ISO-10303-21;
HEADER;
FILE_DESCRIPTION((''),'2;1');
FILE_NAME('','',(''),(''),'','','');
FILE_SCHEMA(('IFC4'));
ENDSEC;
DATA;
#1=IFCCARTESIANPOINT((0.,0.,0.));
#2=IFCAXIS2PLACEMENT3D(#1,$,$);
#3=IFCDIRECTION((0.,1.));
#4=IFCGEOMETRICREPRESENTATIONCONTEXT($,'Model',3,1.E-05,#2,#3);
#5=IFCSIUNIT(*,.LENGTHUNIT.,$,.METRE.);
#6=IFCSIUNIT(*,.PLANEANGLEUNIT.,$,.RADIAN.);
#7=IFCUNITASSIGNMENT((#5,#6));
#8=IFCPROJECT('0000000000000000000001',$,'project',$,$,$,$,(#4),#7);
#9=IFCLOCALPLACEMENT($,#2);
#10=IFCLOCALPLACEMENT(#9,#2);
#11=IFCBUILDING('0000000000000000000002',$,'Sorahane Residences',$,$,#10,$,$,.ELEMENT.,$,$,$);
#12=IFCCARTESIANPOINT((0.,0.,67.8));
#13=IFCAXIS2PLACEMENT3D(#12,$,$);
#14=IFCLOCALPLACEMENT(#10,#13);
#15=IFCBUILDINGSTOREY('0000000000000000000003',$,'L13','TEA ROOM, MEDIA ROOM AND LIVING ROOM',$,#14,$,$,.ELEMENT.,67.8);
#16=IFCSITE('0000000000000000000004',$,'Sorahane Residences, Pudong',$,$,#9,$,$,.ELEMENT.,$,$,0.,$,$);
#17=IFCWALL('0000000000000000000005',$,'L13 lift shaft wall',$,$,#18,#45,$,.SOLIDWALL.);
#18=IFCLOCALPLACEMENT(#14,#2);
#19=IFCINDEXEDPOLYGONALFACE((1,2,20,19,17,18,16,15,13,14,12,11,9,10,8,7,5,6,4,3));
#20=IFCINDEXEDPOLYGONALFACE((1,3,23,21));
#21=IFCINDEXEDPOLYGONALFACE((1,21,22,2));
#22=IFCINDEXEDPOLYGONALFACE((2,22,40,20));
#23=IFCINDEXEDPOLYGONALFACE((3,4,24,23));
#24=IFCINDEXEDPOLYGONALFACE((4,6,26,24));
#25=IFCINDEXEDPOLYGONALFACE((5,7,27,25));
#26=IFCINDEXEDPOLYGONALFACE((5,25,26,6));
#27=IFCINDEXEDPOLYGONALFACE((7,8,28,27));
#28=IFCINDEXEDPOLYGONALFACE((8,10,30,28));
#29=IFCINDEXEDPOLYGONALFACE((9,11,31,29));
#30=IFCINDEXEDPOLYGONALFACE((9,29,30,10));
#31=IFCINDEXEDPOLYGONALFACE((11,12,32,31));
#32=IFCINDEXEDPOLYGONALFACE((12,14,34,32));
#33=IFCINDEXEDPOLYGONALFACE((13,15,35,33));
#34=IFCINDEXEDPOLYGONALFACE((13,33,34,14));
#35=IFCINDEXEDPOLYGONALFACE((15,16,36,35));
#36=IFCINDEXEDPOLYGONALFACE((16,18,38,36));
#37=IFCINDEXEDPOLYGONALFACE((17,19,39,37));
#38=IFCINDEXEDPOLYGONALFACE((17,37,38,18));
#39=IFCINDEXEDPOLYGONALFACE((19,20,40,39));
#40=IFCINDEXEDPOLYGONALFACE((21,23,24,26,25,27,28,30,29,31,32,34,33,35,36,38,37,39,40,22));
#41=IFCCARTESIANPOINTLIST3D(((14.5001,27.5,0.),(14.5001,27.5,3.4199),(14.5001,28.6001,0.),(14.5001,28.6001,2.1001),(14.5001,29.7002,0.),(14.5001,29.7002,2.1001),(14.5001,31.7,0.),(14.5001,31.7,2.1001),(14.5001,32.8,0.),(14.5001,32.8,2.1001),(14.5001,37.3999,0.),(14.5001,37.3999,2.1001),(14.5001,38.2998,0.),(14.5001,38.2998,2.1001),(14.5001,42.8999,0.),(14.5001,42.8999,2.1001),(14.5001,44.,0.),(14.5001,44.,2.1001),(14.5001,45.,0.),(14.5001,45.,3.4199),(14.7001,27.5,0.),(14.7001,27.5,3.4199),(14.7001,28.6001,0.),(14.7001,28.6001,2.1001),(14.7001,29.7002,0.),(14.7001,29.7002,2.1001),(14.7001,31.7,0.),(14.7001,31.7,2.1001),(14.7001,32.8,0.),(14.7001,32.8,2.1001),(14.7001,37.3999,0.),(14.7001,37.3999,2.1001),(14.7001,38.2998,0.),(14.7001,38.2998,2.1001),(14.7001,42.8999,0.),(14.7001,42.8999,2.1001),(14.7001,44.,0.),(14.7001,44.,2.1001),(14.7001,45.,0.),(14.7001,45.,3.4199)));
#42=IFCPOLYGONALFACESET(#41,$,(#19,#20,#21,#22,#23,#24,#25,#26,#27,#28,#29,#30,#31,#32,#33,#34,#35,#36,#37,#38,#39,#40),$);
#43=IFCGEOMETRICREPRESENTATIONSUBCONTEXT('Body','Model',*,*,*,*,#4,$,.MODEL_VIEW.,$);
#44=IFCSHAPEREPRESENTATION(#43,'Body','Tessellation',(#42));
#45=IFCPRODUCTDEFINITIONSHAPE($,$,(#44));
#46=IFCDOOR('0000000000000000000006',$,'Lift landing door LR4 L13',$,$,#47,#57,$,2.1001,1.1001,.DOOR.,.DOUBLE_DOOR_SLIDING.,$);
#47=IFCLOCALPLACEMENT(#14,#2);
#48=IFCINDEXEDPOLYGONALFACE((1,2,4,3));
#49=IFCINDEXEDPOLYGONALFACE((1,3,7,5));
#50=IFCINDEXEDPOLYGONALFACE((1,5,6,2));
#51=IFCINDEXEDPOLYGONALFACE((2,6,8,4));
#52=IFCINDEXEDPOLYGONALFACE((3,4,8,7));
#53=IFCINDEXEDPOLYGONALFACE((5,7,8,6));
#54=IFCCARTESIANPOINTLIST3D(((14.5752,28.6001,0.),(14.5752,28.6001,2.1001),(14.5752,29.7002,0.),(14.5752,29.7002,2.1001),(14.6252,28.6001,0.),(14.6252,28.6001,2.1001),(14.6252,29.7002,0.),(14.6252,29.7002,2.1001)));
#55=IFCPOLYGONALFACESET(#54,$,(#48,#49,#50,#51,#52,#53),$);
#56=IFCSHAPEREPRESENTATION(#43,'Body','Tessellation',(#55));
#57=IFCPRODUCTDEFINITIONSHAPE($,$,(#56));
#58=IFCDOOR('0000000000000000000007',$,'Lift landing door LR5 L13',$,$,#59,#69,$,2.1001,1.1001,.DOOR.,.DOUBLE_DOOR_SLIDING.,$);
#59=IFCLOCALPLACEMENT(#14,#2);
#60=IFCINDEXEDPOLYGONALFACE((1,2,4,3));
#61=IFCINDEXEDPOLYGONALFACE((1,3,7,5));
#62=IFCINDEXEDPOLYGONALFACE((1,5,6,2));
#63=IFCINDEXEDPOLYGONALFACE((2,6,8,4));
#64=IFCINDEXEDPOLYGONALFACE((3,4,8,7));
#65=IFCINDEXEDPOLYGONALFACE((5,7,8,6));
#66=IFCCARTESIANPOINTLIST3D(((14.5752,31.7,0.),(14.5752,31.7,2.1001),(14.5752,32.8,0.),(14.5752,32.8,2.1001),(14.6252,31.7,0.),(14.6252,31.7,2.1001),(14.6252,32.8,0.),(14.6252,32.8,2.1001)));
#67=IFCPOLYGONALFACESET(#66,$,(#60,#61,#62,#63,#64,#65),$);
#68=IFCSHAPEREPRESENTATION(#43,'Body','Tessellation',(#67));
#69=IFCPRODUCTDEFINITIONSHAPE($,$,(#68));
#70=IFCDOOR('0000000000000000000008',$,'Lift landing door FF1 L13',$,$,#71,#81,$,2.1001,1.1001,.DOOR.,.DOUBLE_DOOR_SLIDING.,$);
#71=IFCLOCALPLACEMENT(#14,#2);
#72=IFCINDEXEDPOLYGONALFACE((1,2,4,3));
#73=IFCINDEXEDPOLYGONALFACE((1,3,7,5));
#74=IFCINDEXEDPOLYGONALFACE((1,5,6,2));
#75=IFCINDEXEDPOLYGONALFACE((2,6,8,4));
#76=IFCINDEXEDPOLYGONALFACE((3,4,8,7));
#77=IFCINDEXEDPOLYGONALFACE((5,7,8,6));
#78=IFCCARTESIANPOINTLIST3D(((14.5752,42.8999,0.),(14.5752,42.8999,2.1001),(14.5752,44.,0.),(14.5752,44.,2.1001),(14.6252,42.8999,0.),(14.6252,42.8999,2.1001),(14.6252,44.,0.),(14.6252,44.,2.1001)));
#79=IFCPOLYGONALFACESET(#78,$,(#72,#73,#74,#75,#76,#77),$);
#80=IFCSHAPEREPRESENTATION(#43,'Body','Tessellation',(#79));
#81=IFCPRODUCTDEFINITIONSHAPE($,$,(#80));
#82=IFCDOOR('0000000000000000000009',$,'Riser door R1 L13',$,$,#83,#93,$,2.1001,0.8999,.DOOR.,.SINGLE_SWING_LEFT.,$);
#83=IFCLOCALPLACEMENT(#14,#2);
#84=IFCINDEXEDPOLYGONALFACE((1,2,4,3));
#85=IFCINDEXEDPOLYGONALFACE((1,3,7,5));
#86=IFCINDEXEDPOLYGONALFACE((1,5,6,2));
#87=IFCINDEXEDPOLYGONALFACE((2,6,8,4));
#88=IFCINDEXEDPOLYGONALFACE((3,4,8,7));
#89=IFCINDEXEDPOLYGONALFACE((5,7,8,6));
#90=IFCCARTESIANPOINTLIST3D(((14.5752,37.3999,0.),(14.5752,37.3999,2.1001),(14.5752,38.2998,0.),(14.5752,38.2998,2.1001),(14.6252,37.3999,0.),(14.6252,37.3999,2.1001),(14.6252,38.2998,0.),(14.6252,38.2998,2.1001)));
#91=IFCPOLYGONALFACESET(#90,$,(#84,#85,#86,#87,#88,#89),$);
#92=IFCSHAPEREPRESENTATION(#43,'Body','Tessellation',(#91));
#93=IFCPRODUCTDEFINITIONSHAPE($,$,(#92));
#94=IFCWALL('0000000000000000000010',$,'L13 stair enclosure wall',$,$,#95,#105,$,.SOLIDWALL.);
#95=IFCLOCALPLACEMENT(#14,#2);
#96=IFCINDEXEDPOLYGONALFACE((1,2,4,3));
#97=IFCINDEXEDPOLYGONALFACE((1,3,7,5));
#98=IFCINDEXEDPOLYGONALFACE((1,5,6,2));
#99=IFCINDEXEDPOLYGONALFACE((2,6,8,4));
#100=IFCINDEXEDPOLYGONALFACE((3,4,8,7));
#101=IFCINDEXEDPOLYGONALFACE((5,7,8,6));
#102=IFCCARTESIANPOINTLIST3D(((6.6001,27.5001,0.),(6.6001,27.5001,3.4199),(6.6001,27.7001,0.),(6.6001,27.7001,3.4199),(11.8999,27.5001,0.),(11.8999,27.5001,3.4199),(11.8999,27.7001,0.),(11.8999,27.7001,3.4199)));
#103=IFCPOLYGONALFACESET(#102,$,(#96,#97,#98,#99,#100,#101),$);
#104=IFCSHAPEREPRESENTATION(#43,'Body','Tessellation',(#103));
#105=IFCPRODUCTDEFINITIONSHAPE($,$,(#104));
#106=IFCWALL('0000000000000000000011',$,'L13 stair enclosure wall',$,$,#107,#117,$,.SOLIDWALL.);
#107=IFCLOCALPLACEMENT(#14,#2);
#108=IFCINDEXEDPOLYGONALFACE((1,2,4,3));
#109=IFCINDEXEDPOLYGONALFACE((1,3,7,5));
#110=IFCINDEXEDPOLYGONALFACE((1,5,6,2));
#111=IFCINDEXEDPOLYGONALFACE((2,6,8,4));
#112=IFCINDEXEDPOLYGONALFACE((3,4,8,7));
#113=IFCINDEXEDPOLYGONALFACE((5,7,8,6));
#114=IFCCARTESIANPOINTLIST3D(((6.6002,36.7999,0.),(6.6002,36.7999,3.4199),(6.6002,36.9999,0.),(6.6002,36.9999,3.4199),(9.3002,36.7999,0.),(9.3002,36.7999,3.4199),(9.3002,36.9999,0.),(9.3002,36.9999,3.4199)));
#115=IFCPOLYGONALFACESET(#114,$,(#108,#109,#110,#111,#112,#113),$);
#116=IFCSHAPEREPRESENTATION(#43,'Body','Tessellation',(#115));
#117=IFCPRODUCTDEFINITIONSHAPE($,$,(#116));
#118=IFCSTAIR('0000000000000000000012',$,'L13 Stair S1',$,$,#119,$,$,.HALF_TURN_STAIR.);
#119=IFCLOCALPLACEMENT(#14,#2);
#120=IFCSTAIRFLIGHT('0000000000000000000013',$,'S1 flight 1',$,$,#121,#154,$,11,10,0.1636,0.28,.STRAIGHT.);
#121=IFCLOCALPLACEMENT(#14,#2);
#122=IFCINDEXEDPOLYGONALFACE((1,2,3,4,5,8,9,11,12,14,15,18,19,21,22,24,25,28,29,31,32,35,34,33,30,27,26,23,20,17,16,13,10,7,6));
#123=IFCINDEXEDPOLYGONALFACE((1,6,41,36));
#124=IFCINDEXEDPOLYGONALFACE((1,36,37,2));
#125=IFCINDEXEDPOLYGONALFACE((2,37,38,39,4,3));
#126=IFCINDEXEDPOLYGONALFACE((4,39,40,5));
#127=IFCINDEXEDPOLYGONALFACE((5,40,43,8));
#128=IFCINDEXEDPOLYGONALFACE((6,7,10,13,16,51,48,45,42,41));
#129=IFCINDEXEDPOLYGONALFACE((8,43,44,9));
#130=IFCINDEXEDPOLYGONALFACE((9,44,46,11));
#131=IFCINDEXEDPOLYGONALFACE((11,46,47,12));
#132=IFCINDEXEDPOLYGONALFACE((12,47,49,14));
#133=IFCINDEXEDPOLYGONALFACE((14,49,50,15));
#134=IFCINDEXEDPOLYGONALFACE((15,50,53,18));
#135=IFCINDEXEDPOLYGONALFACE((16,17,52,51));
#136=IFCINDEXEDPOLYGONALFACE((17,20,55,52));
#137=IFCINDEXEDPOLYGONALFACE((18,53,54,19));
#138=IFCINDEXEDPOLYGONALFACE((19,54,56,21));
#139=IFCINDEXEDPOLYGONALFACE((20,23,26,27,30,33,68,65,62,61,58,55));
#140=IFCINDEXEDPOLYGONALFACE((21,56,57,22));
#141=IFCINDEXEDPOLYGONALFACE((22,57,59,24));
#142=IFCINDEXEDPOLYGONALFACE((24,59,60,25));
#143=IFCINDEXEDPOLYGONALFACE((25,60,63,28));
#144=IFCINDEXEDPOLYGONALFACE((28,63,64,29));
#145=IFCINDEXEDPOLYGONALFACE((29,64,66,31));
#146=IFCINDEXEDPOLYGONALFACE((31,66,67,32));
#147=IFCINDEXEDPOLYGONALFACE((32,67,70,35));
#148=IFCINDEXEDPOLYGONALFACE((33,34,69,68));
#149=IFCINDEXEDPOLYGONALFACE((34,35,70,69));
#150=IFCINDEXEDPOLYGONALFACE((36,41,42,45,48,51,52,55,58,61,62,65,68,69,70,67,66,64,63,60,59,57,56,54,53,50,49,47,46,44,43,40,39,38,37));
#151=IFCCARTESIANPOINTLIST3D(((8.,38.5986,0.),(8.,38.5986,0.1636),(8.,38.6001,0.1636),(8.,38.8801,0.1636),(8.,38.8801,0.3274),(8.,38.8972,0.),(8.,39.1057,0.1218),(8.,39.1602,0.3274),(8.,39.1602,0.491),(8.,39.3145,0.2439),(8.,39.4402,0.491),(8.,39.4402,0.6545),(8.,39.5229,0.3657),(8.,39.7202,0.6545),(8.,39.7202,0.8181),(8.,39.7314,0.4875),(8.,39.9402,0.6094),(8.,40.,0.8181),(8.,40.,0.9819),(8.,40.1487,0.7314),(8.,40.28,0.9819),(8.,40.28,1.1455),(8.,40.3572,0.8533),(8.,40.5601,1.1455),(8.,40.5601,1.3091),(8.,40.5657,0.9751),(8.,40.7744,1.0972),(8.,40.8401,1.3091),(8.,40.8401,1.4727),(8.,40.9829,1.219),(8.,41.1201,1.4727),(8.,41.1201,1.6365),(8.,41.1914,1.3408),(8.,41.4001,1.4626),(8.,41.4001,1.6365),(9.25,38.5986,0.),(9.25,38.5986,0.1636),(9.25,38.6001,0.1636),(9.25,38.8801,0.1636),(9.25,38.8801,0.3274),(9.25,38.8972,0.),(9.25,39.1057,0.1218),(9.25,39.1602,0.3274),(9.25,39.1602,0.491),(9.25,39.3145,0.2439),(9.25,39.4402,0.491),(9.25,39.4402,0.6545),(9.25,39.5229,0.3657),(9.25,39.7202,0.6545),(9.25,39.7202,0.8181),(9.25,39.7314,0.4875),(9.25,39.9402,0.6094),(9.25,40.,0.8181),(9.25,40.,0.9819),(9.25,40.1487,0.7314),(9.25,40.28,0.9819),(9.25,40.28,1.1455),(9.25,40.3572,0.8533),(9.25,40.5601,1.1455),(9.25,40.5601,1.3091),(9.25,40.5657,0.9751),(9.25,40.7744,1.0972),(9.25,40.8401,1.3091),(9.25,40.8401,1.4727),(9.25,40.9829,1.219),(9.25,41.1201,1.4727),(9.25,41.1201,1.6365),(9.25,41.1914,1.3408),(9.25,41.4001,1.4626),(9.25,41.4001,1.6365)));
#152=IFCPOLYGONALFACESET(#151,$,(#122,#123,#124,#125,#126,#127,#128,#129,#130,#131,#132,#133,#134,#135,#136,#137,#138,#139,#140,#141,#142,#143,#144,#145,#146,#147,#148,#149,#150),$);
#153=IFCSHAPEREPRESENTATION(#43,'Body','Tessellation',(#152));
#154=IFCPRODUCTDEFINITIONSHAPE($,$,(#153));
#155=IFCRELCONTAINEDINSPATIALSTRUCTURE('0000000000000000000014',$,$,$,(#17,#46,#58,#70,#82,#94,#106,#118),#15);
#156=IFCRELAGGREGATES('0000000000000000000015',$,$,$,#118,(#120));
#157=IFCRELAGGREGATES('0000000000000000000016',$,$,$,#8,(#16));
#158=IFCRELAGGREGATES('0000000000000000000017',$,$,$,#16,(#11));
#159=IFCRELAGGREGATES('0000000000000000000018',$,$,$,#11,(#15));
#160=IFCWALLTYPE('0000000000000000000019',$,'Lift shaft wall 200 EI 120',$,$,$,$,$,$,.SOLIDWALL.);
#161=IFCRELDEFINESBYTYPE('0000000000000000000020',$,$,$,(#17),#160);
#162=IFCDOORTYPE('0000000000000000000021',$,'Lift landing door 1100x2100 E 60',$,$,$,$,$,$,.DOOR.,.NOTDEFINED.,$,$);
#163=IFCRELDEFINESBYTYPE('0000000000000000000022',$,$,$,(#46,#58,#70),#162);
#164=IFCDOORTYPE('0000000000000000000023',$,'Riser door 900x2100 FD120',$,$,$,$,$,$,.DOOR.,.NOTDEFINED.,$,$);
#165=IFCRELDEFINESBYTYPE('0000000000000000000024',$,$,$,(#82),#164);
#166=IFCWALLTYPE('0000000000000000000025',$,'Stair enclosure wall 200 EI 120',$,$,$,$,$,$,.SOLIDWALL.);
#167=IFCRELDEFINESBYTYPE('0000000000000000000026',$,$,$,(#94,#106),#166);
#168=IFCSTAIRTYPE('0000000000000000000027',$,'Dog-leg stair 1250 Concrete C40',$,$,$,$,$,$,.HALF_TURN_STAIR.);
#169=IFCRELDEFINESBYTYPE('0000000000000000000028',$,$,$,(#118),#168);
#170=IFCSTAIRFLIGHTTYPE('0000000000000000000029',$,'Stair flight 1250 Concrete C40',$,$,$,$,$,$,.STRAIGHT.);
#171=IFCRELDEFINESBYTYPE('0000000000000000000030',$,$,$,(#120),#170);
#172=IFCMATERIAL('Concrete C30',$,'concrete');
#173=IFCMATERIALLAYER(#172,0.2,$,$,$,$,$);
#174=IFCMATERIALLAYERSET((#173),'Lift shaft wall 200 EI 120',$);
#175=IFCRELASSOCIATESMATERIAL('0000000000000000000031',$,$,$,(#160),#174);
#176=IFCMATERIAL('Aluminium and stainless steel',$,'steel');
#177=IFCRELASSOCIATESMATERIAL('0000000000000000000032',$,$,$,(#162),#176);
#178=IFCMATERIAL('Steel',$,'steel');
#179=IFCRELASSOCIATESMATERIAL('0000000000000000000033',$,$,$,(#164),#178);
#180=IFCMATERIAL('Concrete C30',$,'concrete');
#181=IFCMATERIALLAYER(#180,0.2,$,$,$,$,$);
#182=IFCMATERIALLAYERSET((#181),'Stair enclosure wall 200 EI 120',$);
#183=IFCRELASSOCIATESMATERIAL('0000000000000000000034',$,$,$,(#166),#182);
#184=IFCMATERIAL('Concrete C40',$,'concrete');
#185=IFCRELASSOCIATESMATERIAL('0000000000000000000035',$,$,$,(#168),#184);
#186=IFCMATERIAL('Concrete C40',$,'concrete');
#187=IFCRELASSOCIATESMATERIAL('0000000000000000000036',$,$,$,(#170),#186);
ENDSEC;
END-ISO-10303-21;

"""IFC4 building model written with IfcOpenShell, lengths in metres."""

from ifc_helpers import new_model, si_unit, direction, frame, frame_2d, origin, place, context, subcontext, project, spatial, polyline, rectangle, outline, extrude, material, layer, layer_set, type_object, element, fill, aggregate, save


model = new_model("IFC4")

# Units and contexts
model_context = context("Model", 3, precision=1e-05, world=origin(), true_north=direction((0.0, 1.0)))
body_context = subcontext(model_context, "Body", "Model", "MODEL_VIEW")
ifc_project = project(units=[si_unit("LENGTHUNIT", "METRE"), si_unit("PLANEANGLEUNIT", "RADIAN")], contexts=[model_context])

# Site, building, storey
site_placement = place(None, origin())
site = spatial("IfcSite", under=ifc_project, at=site_placement, Name="Sorahane Residences, Pudong", CompositionType="ELEMENT", RefElevation=0.0)
building_placement = place(site_placement, origin())
building = spatial("IfcBuilding", under=site, at=building_placement, Name="Sorahane Residences", CompositionType="ELEMENT")
storey_placement = place(building_placement, frame((0.0, 0.0, 67.8)))
storey = spatial("IfcBuildingStorey", under=building, at=storey_placement, Name="L13", Description="TEA ROOM, MEDIA ROOM AND LIVING ROOM", CompositionType="ELEMENT", Elevation=67.8)

# Wall, openings, doors
ifc_material_1 = material(Name="Concrete C30", Category="concrete")
ifc_layer_1 = layer(ifc_material_1, 0.2)
ifc_layer_set_1 = layer_set([ifc_layer_1], Name="Lift shaft wall 200 EI 120")
wall_type_1 = type_object("IfcWallType", Name="Lift shaft wall 200 EI 120", PredefinedType="SOLIDWALL", material=ifc_layer_set_1)
wall_1_placement = place(storey_placement, frame((14.6001, 27.5, 0.0), z_axis=(0.0, 0.0, 1.0), x_axis=(0.0, 1.0, 0.0)))
wall_1 = element("IfcWall", 1, at=wall_1_placement, inside=storey, type_object=wall_type_1, Name="L13 lift shaft wall", PredefinedType="SOLIDWALL", context=body_context, shape_type="SweptSolid", body=[
    extrude(rectangle(XDim=17.5, YDim=0.2, at=frame_2d((8.75, 0.0))), origin(), (0.0, 0.0, 1.0), 3.4199),
])
opening_1_placement = place(wall_1_placement, frame((1.1001, 0.0, 0.0)))
opening_1 = element("IfcOpeningElement", 2, at=opening_1_placement, cuts=wall_1, PredefinedType="OPENING", context=body_context, shape_type="SweptSolid", body=[
    extrude(rectangle(XDim=1.1001, YDim=2.1001, at=frame_2d((0.55, 1.05))), frame((0.0, 0.1099, 0.0), z_axis=(0.0, -1.0, 0.0), x_axis=(1.0, 0.0, 0.0)), (0.0, 0.0, 1.0), 0.22),
])
opening_2_placement = place(wall_1_placement, frame((4.2, 0.0, 0.0)))
opening_2 = element("IfcOpeningElement", 3, at=opening_2_placement, cuts=wall_1, PredefinedType="OPENING", context=body_context, shape_type="SweptSolid", body=[
    extrude(rectangle(XDim=1.1001, YDim=2.1001, at=frame_2d((0.55, 1.05))), frame((0.0, 0.1099, 0.0), z_axis=(0.0, -1.0, 0.0), x_axis=(1.0, 0.0, 0.0)), (0.0, 0.0, 1.0), 0.22),
])
opening_3_placement = place(wall_1_placement, frame((15.3999, 0.0, 0.0)))
opening_3 = element("IfcOpeningElement", 4, at=opening_3_placement, cuts=wall_1, PredefinedType="OPENING", context=body_context, shape_type="SweptSolid", body=[
    extrude(rectangle(XDim=1.1001, YDim=2.1001, at=frame_2d((0.55, 1.05))), frame((0.0, 0.1099, 0.0), z_axis=(0.0, -1.0, 0.0), x_axis=(1.0, 0.0, 0.0)), (0.0, 0.0, 1.0), 0.22),
])
opening_4_placement = place(wall_1_placement, frame((9.8999, 0.0, 0.0)))
opening_4 = element("IfcOpeningElement", 5, at=opening_4_placement, cuts=wall_1, PredefinedType="OPENING", context=body_context, shape_type="SweptSolid", body=[
    extrude(rectangle(XDim=0.8999, YDim=2.1001, at=frame_2d((0.45, 1.05))), frame((0.0, 0.1099, 0.0), z_axis=(0.0, -1.0, 0.0), x_axis=(1.0, 0.0, 0.0)), (0.0, 0.0, 1.0), 0.22),
])
ifc_material_2 = material(Name="Aluminium and stainless steel", Category="steel")
door_type_1 = type_object("IfcDoorType", Name="Lift landing door 1100x2100 E 60", OperationType="NOTDEFINED", PredefinedType="DOOR", material=ifc_material_2)
door_1_placement = place(opening_1_placement, origin())
door_1 = element("IfcDoor", 6, at=door_1_placement, inside=storey, type_object=door_type_1, Name="Lift landing door LR4 L13", OperationType="DOUBLE_DOOR_SLIDING", OverallHeight=2.1001, OverallWidth=1.1001, PredefinedType="DOOR", context=body_context, shape_type="SweptSolid", body=[
    extrude(rectangle(XDim=1.1001, YDim=2.1001, at=frame_2d((0.55, 1.05))), frame((0.0, 0.0249, 0.0), z_axis=(0.0, -1.0, 0.0), x_axis=(1.0, 0.0, 0.0)), (0.0, 0.0, 1.0), 0.05),
])
fill(opening_1, door_1)
door_2_placement = place(opening_2_placement, origin())
door_2 = element("IfcDoor", 7, at=door_2_placement, inside=storey, type_object=door_type_1, Name="Lift landing door LR5 L13", OperationType="DOUBLE_DOOR_SLIDING", OverallHeight=2.1001, OverallWidth=1.1001, PredefinedType="DOOR", context=body_context, shape_type="SweptSolid", body=[
    extrude(rectangle(XDim=1.1001, YDim=2.1001, at=frame_2d((0.55, 1.05))), frame((0.0, 0.0249, 0.0), z_axis=(0.0, -1.0, 0.0), x_axis=(1.0, 0.0, 0.0)), (0.0, 0.0, 1.0), 0.05),
])
fill(opening_2, door_2)
door_3_placement = place(opening_3_placement, origin())
door_3 = element("IfcDoor", 8, at=door_3_placement, inside=storey, type_object=door_type_1, Name="Lift landing door FF1 L13", OperationType="DOUBLE_DOOR_SLIDING", OverallHeight=2.1001, OverallWidth=1.1001, PredefinedType="DOOR", context=body_context, shape_type="SweptSolid", body=[
    extrude(rectangle(XDim=1.1001, YDim=2.1001, at=frame_2d((0.55, 1.05))), frame((0.0, 0.0249, 0.0), z_axis=(0.0, -1.0, 0.0), x_axis=(1.0, 0.0, 0.0)), (0.0, 0.0, 1.0), 0.05),
])
fill(opening_3, door_3)
ifc_material_3 = material(Name="Steel", Category="steel")
door_type_2 = type_object("IfcDoorType", Name="Riser door 900x2100 FD120", OperationType="NOTDEFINED", PredefinedType="DOOR", material=ifc_material_3)
door_4_placement = place(opening_4_placement, origin())
door_4 = element("IfcDoor", 9, at=door_4_placement, inside=storey, type_object=door_type_2, Name="Riser door R1 L13", OperationType="SINGLE_SWING_LEFT", OverallHeight=2.1001, OverallWidth=0.8999, PredefinedType="DOOR", context=body_context, shape_type="SweptSolid", body=[
    extrude(rectangle(XDim=0.8999, YDim=2.1001, at=frame_2d((0.45, 1.05))), frame((0.0, 0.0249, 0.0), z_axis=(0.0, -1.0, 0.0), x_axis=(1.0, 0.0, 0.0)), (0.0, 0.0, 1.0), 0.05),
])
fill(opening_4, door_4)

# Walls
ifc_material_4 = material(Name="Concrete C30", Category="concrete")
ifc_layer_2 = layer(ifc_material_4, 0.2)
ifc_layer_set_2 = layer_set([ifc_layer_2], Name="Stair enclosure wall 200 EI 120")
wall_type_2 = type_object("IfcWallType", Name="Stair enclosure wall 200 EI 120", PredefinedType="SOLIDWALL", material=ifc_layer_set_2)
wall_2_placement = place(storey_placement, frame((6.6001, 27.6001, 0.0), z_axis=(0.0, 0.0, 1.0), x_axis=(1.0, 0.0, 0.0)))
element("IfcWall", 10, at=wall_2_placement, inside=storey, type_object=wall_type_2, Name="L13 stair enclosure wall", PredefinedType="SOLIDWALL", context=body_context, shape_type="SweptSolid", body=[
    extrude(rectangle(XDim=5.2998, YDim=0.2, at=frame_2d((2.6499, 0.0))), origin(), (0.0, 0.0, 1.0), 3.4199),
])
wall_3_placement = place(storey_placement, frame((6.6001, 36.8999, 0.0), z_axis=(0.0, 0.0, 1.0), x_axis=(1.0, 0.0, 0.0)))
element("IfcWall", 11, at=wall_3_placement, inside=storey, type_object=wall_type_2, Name="L13 stair enclosure wall", PredefinedType="SOLIDWALL", context=body_context, shape_type="SweptSolid", body=[
    extrude(rectangle(XDim=2.7, YDim=0.2, at=frame_2d((1.3501, 0.0))), origin(), (0.0, 0.0, 1.0), 3.4199),
])

# Stair, stair flight
ifc_material_5 = material(Name="Concrete C40", Category="concrete")
stair_type = type_object("IfcStairType", Name="Dog-leg stair 1250 Concrete C40", PredefinedType="HALF_TURN_STAIR", material=ifc_material_5)
stair_1_placement = place(storey_placement, origin())
stair_1 = element("IfcStair", 12, at=stair_1_placement, inside=storey, type_object=stair_type, Name="L13 Stair S1", PredefinedType="HALF_TURN_STAIR")
ifc_material_6 = material(Name="Concrete C40", Category="concrete")
stair_flight_type = type_object("IfcStairFlightType", Name="Stair flight 1250 Concrete C40", PredefinedType="STRAIGHT", material=ifc_material_6)
stair_flight_1_placement = place(storey_placement, frame((8.625, 38.6001, 0.0), z_axis=(0.0, 0.0, 1.0), x_axis=(0.0, 1.0, 0.0)))
stair_flight_1 = element("IfcStairFlight", 13, at=stair_flight_1_placement, type_object=stair_flight_type, Name="S1 flight 1", NumberOfRisers=11, NumberOfTreads=10, PredefinedType="STRAIGHT", RiserHeight=0.1636, TreadLength=0.28, context=body_context, shape_type="SweptSolid", body=[
    extrude(outline(polyline([(-0.0015, 0.0), (-0.0015, 0.1636), (0.0, 0.1636), (0.28, 0.1636), (0.28, 0.3274), (0.5601, 0.3274), (0.5601, 0.491), (0.8401, 0.491), (0.8401, 0.6545), (1.1201, 0.6545), (1.1201, 0.8181), (1.3999, 0.8181), (1.3999, 0.9819), (1.6799, 0.9819), (1.6799, 1.1455), (1.96, 1.1455), (1.96, 1.3091), (2.24, 1.3091), (2.24, 1.4727), (2.52, 1.4727), (2.52, 1.6365), (2.8, 1.6365), (2.8, 1.8), (2.8, 1.4626), (2.5913, 1.3408), (2.3828, 1.219), (2.1743, 1.0972), (1.9656, 0.9751), (1.7571, 0.8533), (1.5486, 0.7314), (1.3401, 0.6094), (1.1313, 0.4875), (0.9229, 0.3657), (0.7144, 0.2439), (0.5056, 0.1218), (0.2971, 0.0), (-0.0015, 0.0)])), frame((0.0, 0.625, 0.0), z_axis=(0.0, -1.0, 0.0), x_axis=(1.0, 0.0, 0.0)), (0.0, 0.0, 1.0), 1.25),
])
aggregate(stair_1, [stair_flight_1])

save(model, "model.ifc")
